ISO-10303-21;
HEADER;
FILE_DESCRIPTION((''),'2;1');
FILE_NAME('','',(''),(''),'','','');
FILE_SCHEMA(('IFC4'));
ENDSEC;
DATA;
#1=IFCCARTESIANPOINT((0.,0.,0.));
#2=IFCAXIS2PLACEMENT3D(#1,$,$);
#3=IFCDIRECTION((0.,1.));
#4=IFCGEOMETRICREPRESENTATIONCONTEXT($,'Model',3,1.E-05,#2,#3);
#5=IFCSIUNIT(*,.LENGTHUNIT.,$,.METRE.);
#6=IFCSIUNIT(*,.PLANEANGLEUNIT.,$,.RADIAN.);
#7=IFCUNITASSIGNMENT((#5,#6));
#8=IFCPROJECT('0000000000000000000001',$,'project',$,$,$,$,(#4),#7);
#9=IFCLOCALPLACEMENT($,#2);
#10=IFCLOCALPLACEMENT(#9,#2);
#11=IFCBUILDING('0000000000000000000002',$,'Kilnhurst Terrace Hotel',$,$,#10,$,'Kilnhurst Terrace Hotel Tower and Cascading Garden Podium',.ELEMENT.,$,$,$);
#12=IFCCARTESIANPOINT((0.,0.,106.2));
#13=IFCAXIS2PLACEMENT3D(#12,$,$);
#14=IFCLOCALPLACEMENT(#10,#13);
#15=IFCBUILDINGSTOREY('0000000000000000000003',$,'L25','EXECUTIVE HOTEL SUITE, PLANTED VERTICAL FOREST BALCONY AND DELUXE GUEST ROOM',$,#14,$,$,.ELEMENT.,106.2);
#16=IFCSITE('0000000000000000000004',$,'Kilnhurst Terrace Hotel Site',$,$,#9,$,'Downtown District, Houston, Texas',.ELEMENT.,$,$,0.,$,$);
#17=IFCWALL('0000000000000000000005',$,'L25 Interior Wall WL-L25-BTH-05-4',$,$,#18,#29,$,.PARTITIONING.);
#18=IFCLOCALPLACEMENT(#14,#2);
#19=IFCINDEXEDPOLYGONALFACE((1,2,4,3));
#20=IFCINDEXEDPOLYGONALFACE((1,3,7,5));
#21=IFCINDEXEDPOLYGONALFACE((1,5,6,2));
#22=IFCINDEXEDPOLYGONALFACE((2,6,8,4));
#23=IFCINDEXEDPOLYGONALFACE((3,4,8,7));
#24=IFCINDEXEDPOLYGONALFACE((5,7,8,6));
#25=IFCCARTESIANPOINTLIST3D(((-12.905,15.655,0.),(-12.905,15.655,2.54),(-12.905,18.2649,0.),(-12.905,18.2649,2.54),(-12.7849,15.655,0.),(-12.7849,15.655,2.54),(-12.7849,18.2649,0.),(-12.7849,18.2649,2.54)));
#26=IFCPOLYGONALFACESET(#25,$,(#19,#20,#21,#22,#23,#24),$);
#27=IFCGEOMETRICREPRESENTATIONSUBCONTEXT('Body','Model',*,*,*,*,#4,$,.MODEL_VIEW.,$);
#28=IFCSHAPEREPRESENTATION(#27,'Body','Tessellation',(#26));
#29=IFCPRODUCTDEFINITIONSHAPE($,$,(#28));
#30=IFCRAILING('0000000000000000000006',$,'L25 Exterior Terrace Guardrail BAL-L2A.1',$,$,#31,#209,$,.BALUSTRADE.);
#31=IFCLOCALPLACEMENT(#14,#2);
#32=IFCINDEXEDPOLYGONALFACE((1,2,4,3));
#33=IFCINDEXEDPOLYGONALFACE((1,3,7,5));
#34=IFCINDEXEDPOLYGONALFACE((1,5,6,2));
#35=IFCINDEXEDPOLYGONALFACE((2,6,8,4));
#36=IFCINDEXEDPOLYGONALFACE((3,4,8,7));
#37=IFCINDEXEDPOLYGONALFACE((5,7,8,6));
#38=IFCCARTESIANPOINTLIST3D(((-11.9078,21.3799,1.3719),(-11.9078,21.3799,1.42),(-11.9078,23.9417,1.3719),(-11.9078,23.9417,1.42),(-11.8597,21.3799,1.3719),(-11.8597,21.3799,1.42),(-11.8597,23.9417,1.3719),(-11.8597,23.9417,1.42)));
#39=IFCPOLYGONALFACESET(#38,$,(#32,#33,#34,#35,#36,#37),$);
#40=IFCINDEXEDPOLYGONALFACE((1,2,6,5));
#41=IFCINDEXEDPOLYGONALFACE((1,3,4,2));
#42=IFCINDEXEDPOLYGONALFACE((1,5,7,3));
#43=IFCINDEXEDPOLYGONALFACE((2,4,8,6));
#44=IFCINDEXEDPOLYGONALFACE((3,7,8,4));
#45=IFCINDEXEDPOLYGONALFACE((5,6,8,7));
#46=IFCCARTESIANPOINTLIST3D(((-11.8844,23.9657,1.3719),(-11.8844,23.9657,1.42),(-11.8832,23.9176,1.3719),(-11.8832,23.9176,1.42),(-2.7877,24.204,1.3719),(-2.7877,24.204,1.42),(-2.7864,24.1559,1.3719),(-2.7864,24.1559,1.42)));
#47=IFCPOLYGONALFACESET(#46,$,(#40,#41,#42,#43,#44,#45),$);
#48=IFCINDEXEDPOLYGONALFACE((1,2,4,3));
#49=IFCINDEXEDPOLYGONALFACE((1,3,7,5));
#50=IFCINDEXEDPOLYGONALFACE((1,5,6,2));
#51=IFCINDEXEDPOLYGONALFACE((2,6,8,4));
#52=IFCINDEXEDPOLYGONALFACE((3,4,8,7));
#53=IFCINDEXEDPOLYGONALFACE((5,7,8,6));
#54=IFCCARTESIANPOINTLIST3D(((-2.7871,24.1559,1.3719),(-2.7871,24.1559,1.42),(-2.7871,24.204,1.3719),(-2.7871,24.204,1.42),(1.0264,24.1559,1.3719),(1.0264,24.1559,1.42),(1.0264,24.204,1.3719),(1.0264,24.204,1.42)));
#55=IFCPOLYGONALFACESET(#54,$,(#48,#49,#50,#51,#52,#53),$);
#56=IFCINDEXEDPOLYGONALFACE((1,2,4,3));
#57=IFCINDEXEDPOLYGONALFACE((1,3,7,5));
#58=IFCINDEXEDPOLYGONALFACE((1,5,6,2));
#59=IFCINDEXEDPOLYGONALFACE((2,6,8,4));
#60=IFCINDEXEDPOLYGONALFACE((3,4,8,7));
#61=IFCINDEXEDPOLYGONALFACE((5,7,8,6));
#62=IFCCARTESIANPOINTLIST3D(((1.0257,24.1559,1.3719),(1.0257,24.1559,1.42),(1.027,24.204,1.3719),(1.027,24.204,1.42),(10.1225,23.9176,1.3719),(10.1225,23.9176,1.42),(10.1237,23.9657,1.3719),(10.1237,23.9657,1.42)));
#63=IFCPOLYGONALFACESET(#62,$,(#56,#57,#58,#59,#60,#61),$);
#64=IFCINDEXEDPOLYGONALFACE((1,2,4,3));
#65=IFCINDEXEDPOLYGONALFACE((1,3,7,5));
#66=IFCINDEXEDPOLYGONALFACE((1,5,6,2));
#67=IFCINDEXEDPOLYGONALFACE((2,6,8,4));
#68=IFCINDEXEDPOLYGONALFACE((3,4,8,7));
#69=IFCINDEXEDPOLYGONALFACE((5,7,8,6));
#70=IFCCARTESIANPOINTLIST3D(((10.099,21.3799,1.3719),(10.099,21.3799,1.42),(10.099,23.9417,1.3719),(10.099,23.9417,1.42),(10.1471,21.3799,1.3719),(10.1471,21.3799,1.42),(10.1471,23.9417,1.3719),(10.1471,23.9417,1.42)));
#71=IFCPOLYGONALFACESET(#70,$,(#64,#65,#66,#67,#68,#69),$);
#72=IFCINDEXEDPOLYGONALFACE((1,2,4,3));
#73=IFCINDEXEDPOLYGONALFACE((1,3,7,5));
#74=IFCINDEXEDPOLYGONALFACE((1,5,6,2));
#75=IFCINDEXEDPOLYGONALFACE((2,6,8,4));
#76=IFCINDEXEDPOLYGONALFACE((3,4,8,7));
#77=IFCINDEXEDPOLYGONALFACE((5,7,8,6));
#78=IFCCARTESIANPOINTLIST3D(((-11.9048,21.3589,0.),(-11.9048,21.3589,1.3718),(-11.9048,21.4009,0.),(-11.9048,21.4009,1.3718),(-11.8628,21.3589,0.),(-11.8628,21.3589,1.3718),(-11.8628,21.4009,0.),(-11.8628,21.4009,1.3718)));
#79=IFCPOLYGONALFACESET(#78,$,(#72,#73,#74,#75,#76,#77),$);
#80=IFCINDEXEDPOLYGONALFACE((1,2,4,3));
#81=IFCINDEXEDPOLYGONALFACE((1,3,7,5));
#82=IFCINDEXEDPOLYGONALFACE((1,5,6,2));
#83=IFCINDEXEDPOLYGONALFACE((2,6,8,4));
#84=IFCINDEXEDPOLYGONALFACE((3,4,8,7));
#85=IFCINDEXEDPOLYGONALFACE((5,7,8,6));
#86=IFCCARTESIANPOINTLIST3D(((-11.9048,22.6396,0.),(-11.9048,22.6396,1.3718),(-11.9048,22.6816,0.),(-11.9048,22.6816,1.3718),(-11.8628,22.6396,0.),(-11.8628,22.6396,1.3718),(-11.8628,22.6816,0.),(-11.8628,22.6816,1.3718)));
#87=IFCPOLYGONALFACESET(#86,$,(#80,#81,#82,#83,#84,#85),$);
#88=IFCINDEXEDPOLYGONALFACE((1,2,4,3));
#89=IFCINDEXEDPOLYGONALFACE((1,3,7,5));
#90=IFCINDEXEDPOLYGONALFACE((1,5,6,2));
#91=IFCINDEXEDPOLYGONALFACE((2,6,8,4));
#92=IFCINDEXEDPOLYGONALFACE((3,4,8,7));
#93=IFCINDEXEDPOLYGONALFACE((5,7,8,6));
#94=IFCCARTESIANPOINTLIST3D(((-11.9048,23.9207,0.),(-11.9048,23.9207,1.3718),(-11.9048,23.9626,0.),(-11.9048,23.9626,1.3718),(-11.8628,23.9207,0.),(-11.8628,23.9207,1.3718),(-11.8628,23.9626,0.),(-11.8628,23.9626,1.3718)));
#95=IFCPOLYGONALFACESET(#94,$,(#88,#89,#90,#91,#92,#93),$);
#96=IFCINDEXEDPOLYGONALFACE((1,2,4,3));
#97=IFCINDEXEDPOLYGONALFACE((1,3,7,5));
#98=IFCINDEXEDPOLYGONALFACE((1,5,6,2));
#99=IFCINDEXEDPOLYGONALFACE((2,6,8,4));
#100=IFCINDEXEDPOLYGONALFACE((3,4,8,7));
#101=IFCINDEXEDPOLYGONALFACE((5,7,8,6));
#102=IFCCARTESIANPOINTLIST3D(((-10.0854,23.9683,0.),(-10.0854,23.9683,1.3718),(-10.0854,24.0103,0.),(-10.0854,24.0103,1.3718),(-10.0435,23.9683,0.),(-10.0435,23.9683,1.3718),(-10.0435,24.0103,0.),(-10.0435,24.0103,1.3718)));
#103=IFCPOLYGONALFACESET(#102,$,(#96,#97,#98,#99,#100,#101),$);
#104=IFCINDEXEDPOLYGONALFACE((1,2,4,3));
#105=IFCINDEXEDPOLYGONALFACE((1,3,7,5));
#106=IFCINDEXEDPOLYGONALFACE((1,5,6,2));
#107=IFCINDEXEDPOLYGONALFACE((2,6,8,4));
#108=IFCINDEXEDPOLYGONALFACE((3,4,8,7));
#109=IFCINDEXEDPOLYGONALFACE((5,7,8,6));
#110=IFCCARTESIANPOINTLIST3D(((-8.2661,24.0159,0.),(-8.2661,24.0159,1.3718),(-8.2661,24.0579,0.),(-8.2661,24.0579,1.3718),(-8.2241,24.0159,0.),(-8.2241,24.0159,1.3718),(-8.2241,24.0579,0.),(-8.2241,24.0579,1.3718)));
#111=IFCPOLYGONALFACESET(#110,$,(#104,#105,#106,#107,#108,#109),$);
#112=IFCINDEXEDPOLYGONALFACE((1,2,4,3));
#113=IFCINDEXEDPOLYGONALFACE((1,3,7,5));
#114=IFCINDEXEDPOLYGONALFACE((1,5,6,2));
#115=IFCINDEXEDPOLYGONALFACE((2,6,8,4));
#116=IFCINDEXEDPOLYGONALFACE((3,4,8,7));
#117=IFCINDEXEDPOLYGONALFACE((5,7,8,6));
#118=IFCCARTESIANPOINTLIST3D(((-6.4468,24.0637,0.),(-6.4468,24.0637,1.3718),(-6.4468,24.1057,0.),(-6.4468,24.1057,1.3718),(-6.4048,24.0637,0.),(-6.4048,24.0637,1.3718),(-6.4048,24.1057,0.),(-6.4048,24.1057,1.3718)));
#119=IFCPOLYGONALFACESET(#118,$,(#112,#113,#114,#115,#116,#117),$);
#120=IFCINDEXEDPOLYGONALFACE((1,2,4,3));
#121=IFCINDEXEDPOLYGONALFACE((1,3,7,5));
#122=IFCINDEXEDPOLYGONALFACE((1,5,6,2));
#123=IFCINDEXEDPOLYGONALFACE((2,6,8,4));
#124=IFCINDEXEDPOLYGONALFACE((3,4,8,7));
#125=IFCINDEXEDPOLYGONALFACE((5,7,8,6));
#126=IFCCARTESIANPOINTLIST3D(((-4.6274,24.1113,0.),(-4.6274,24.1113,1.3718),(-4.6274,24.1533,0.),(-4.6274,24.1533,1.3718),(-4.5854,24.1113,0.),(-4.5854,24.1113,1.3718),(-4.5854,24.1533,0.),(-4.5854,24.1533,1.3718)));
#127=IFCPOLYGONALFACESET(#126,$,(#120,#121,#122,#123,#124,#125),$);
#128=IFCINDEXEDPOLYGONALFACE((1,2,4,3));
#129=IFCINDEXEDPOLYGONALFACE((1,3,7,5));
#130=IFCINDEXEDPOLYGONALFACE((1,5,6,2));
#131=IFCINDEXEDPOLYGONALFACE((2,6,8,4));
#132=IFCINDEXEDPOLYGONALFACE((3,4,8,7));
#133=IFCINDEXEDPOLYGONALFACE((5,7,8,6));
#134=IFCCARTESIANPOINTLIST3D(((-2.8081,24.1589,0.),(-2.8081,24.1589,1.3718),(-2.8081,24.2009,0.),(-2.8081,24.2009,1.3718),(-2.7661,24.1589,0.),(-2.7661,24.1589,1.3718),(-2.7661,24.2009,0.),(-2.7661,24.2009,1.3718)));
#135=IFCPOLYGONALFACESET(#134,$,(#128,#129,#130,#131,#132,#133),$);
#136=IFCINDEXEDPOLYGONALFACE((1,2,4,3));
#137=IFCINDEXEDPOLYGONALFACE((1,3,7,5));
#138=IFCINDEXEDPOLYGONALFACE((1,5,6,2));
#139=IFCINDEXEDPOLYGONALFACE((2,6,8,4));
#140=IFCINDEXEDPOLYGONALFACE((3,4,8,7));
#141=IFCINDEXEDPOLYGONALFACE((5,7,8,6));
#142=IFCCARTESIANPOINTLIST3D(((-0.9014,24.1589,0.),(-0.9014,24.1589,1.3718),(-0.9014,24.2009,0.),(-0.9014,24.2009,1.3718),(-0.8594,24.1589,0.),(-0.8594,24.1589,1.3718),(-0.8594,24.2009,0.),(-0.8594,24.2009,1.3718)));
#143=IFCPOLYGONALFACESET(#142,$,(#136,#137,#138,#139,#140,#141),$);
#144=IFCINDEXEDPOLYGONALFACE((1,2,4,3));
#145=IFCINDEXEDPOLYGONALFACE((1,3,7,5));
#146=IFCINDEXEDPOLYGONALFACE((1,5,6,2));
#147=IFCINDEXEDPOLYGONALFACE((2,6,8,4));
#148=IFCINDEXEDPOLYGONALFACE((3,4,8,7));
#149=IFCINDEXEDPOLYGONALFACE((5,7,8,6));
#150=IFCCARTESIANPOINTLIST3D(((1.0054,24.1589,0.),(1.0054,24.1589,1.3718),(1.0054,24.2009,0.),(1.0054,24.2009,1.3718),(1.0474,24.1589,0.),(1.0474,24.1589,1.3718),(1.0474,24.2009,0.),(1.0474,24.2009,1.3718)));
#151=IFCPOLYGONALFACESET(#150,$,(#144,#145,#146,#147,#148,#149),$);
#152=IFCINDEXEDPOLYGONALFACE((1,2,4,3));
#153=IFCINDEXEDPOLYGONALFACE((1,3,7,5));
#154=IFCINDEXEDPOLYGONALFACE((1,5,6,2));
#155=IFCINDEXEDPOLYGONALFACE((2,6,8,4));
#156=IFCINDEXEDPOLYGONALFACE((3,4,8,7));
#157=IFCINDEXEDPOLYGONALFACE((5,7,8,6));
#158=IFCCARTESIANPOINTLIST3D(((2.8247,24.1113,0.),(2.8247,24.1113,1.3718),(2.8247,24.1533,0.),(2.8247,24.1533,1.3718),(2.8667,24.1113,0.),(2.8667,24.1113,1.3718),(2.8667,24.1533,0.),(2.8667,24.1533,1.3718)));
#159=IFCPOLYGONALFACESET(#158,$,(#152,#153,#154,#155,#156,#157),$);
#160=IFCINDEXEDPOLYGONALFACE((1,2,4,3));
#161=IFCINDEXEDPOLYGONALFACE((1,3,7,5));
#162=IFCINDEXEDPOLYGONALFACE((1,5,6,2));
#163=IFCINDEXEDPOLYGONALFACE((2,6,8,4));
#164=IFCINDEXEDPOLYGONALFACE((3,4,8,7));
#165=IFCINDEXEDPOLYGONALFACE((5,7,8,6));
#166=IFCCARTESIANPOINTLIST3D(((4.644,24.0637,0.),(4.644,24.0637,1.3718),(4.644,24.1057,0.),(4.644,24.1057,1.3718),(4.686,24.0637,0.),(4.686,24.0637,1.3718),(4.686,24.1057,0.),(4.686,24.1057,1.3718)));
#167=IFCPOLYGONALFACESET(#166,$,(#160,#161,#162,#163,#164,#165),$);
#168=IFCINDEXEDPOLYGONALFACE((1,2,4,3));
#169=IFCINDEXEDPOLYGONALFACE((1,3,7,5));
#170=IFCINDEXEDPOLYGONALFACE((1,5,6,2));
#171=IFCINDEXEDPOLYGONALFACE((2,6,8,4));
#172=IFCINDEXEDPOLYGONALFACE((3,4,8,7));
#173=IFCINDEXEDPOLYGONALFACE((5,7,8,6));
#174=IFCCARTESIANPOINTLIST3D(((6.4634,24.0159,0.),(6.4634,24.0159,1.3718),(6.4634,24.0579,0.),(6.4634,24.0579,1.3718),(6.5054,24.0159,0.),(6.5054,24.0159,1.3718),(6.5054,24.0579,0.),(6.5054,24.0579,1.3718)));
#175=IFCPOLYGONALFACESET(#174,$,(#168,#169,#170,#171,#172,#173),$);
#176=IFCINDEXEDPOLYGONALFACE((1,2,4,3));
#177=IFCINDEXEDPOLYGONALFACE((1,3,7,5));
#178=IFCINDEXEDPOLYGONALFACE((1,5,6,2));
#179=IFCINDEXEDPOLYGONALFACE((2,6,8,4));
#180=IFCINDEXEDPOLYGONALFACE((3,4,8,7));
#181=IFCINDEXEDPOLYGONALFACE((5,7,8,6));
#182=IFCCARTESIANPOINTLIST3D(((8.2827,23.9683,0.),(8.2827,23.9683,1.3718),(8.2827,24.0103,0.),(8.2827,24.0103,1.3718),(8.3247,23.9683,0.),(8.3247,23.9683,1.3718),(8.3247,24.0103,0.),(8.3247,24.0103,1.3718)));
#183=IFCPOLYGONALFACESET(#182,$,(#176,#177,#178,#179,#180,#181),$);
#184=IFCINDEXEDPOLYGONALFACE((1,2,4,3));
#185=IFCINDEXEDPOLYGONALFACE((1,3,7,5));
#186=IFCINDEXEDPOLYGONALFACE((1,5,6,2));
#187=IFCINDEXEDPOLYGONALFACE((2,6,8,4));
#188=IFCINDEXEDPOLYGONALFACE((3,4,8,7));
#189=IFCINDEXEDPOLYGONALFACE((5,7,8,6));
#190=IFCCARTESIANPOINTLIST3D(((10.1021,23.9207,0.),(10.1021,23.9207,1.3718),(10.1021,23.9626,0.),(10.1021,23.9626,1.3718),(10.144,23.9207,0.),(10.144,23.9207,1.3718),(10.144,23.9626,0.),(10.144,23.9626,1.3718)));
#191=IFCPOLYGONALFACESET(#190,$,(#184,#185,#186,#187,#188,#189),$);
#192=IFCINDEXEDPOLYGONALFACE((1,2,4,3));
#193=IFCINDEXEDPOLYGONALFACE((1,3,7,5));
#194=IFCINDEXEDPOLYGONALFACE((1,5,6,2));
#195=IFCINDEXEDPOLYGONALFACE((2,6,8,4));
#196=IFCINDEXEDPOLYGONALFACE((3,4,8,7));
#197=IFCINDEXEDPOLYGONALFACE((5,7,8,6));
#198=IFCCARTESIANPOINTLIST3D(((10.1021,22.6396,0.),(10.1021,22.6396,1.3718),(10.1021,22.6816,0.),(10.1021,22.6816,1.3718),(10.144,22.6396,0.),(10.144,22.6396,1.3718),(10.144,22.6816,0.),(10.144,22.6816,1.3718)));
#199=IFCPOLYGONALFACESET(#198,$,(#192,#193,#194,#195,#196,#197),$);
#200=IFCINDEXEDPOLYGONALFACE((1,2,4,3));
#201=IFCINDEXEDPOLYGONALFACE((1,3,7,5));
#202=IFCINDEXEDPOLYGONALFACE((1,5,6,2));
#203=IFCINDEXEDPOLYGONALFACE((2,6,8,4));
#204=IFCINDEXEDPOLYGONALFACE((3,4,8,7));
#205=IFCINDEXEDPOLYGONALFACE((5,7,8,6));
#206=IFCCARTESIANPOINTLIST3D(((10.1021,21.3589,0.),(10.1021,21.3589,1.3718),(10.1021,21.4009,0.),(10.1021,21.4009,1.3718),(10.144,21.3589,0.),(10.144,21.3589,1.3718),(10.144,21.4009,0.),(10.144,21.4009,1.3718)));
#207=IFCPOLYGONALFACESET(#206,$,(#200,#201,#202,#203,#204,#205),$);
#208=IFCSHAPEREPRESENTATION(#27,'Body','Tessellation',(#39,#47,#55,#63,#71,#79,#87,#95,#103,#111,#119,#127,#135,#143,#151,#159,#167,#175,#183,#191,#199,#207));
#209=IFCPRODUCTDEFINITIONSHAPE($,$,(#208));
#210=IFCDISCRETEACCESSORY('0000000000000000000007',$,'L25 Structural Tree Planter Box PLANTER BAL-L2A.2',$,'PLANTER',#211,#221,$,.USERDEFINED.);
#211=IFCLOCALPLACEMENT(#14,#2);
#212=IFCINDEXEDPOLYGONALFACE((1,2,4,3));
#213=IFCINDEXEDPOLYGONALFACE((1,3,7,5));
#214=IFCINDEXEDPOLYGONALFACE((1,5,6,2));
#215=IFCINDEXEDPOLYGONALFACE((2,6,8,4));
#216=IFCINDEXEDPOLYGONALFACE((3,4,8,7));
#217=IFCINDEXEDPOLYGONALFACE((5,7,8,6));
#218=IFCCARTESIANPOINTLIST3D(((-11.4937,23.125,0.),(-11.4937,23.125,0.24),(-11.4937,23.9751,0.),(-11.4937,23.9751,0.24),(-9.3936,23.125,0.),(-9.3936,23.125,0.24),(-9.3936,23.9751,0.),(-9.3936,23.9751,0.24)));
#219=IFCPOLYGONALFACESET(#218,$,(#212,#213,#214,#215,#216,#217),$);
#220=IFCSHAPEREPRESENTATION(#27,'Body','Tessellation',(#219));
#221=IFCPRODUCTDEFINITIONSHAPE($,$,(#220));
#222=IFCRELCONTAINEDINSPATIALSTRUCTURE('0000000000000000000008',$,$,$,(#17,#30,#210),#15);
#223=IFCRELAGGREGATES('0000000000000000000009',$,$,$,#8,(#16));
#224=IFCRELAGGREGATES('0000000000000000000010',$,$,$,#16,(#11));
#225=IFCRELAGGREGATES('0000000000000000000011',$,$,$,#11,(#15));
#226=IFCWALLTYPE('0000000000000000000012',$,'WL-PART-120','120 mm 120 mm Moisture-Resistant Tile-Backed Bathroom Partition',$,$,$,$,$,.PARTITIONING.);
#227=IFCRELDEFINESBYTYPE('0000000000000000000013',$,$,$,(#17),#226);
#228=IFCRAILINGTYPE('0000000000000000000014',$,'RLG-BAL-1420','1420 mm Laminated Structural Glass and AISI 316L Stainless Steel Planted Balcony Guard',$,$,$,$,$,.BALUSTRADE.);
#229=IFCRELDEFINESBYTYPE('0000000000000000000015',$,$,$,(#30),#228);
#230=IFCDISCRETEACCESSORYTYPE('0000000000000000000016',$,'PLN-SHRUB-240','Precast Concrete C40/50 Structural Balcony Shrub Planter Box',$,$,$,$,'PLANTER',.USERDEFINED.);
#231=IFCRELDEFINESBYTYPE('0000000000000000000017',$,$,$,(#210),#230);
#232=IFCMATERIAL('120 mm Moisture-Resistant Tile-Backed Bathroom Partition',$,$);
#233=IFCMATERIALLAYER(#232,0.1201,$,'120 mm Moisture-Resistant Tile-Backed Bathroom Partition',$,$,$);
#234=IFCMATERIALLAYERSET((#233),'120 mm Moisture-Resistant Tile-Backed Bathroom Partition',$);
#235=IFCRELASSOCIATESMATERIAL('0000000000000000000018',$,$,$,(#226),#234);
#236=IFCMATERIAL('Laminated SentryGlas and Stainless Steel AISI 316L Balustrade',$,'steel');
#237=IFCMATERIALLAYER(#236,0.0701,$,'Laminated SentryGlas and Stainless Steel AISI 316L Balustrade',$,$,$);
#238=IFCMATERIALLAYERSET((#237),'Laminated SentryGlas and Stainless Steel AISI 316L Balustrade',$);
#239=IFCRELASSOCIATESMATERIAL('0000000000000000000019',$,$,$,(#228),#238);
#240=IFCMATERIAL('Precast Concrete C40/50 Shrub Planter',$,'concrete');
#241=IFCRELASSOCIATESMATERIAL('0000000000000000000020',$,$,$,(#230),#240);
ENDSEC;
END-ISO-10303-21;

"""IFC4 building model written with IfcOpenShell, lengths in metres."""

from ifc_helpers import new_model, si_unit, direction, frame, frame_2d, origin, origin_2d, place, context, subcontext, project, spatial, rectangle, extrude, material, layer, layer_set, type_object, element, save


model = new_model("IFC4")

# Units and contexts
model_context = context("Model", 3, precision=1e-05, world=origin(), true_north=direction((0.0, 1.0)))
body_context = subcontext(model_context, "Body", "Model", "MODEL_VIEW")
ifc_project = project(units=[si_unit("LENGTHUNIT", "METRE"), si_unit("PLANEANGLEUNIT", "RADIAN")], contexts=[model_context])

# Site, building, storey
site_placement = place(None, origin())
site = spatial("IfcSite", under=ifc_project, at=site_placement, Name="Kilnhurst Terrace Hotel Site", LongName="Downtown District, Houston, Texas", CompositionType="ELEMENT", RefElevation=0.0)
building_placement = place(site_placement, origin())
building = spatial("IfcBuilding", under=site, at=building_placement, Name="Kilnhurst Terrace Hotel", LongName="Kilnhurst Terrace Hotel Tower and Cascading Garden Podium", CompositionType="ELEMENT")
storey_placement = place(building_placement, frame((0.0, 0.0, 106.2)))
storey = spatial("IfcBuildingStorey", under=building, at=storey_placement, Name="L25", Description="EXECUTIVE HOTEL SUITE, PLANTED VERTICAL FOREST BALCONY AND DELUXE GUEST ROOM", CompositionType="ELEMENT", Elevation=106.2)

# Shared definitions
ifc_material_1 = material(Name="120 mm Moisture-Resistant Tile-Backed Bathroom Partition")
ifc_layer_1 = layer(ifc_material_1, 0.1201, Name="120 mm Moisture-Resistant Tile-Backed Bathroom Partition")
ifc_layer_set_1 = layer_set([ifc_layer_1], Name="120 mm Moisture-Resistant Tile-Backed Bathroom Partition")
wall_type_1 = type_object("IfcWallType", Name="WL-PART-120", Description="120 mm 120 mm Moisture-Resistant Tile-Backed Bathroom Partition", PredefinedType="PARTITIONING", material=ifc_layer_set_1)

# Wall
wall_1_placement = place(storey_placement, frame((-12.845, 18.2649, 0.0), z_axis=(0.0, 0.0, 1.0), x_axis=(0.0, -1.0, 0.0)))
element("IfcWall", 1, at=wall_1_placement, inside=storey, type_object=wall_type_1, Name="L25 Interior Wall WL-L25-BTH-05-4", PredefinedType="PARTITIONING", context=body_context, shape_type="SweptSolid", body=[
    extrude(rectangle(XDim=2.6099, YDim=0.1201, at=frame_2d((1.3049, 0.0))), origin(), (0.0, 0.0, 1.0), 2.54),
])

# Railing
ifc_material_2 = material(Name="Laminated SentryGlas and Stainless Steel AISI 316L Balustrade", Category="steel")
ifc_layer_2 = layer(ifc_material_2, 0.0701, Name="Laminated SentryGlas and Stainless Steel AISI 316L Balustrade")
ifc_layer_set_2 = layer_set([ifc_layer_2], Name="Laminated SentryGlas and Stainless Steel AISI 316L Balustrade")
railing_type = type_object("IfcRailingType", Name="RLG-BAL-1420", Description="1420 mm Laminated Structural Glass and AISI 316L Stainless Steel Planted Balcony Guard", PredefinedType="BALUSTRADE", material=ifc_layer_set_2)
railing_placement = place(storey_placement, frame((-11.8838, 21.3799, 0.0)))
element("IfcRailing", 2, at=railing_placement, inside=storey, type_object=railing_type, Name="L25 Exterior Terrace Guardrail BAL-L2A.1", PredefinedType="BALUSTRADE", context=body_context, shape_type="SweptSolid", body=[
    extrude(rectangle(XDim=0.0481, YDim=0.0481, at=origin_2d()), frame((0.0, 0.0, 1.396), z_axis=(0.0, 1.0, 0.0), x_axis=(-1.0, 0.0, 0.0)), (0.0, 0.0, 1.0), 2.5618),
    extrude(rectangle(XDim=0.0481, YDim=0.0481, at=origin_2d()), frame((0.0, 2.5618, 1.396), z_axis=(0.999657, 0.026185, 0.0), x_axis=(-0.026185, 0.999657, 0.0)), (0.0, 0.0, 1.0), 9.0999),
    extrude(rectangle(XDim=0.0481, YDim=0.0481, at=origin_2d()), frame((9.0967, 2.8, 1.396), z_axis=(1.0, 0.0, 0.0), x_axis=(0.0, 1.0, 0.0)), (0.0, 0.0, 1.0), 3.8135),
    extrude(rectangle(XDim=0.0481, YDim=0.0481, at=origin_2d()), frame((12.9102, 2.8, 1.396), z_axis=(0.999657, -0.026185, 0.0), x_axis=(0.026185, 0.999657, 0.0)), (0.0, 0.0, 1.0), 9.0999),
    extrude(rectangle(XDim=0.0481, YDim=0.0481, at=origin_2d()), frame((22.0068, 2.5618, 1.396), z_axis=(0.0, -1.0, 0.0), x_axis=(1.0, 0.0, 0.0)), (0.0, 0.0, 1.0), 2.5618),
    extrude(rectangle(XDim=0.042, YDim=0.042, at=origin_2d()), origin(), (0.0, 0.0, 1.0), 1.3718),
    extrude(rectangle(XDim=0.042, YDim=0.042, at=origin_2d()), frame((0.0, 1.2808, 0.0)), (0.0, 0.0, 1.0), 1.3718),
    extrude(rectangle(XDim=0.042, YDim=0.042, at=origin_2d()), frame((0.0, 2.5618, 0.0)), (0.0, 0.0, 1.0), 1.3718),
    extrude(rectangle(XDim=0.042, YDim=0.042, at=origin_2d()), frame((1.8193, 2.6094, 0.0)), (0.0, 0.0, 1.0), 1.3718),
    extrude(rectangle(XDim=0.042, YDim=0.042, at=origin_2d()), frame((3.6387, 2.657, 0.0)), (0.0, 0.0, 1.0), 1.3718),
    extrude(rectangle(XDim=0.042, YDim=0.042, at=origin_2d()), frame((5.458, 2.7048, 0.0)), (0.0, 0.0, 1.0), 1.3718),
    extrude(rectangle(XDim=0.042, YDim=0.042, at=origin_2d()), frame((7.2773, 2.7524, 0.0)), (0.0, 0.0, 1.0), 1.3718),
    extrude(rectangle(XDim=0.042, YDim=0.042, at=origin_2d()), frame((9.0967, 2.8, 0.0)), (0.0, 0.0, 1.0), 1.3718),
    extrude(rectangle(XDim=0.042, YDim=0.042, at=origin_2d()), frame((11.0034, 2.8, 0.0)), (0.0, 0.0, 1.0), 1.3718),
    extrude(rectangle(XDim=0.042, YDim=0.042, at=origin_2d()), frame((12.9102, 2.8, 0.0)), (0.0, 0.0, 1.0), 1.3718),
    extrude(rectangle(XDim=0.042, YDim=0.042, at=origin_2d()), frame((14.7295, 2.7524, 0.0)), (0.0, 0.0, 1.0), 1.3718),
    extrude(rectangle(XDim=0.042, YDim=0.042, at=origin_2d()), frame((16.5488, 2.7048, 0.0)), (0.0, 0.0, 1.0), 1.3718),
    extrude(rectangle(XDim=0.042, YDim=0.042, at=origin_2d()), frame((18.3682, 2.657, 0.0)), (0.0, 0.0, 1.0), 1.3718),
    extrude(rectangle(XDim=0.042, YDim=0.042, at=origin_2d()), frame((20.1875, 2.6094, 0.0)), (0.0, 0.0, 1.0), 1.3718),
    extrude(rectangle(XDim=0.042, YDim=0.042, at=origin_2d()), frame((22.0068, 2.5618, 0.0)), (0.0, 0.0, 1.0), 1.3718),
    extrude(rectangle(XDim=0.042, YDim=0.042, at=origin_2d()), frame((22.0068, 1.2808, 0.0)), (0.0, 0.0, 1.0), 1.3718),
    extrude(rectangle(XDim=0.042, YDim=0.042, at=origin_2d()), frame((22.0068, 0.0, 0.0)), (0.0, 0.0, 1.0), 1.3718),
])

# Discrete accessory
ifc_material_3 = material(Name="Precast Concrete C40/50 Shrub Planter", Category="concrete")
discrete_accessory_type_1 = type_object("IfcDiscreteAccessoryType", Name="PLN-SHRUB-240", Description="Precast Concrete C40/50 Structural Balcony Shrub Planter Box", ElementType="PLANTER", PredefinedType="USERDEFINED", material=ifc_material_3)
discrete_accessory_1_placement = place(storey_placement, frame((-10.4436, 23.55, 0.0), z_axis=(0.0, 0.0, 1.0), x_axis=(-1.0, 0.0, 0.0)))
element("IfcDiscreteAccessory", 3, at=discrete_accessory_1_placement, inside=storey, type_object=discrete_accessory_type_1, Name="L25 Structural Tree Planter Box PLANTER BAL-L2A.2", ObjectType="PLANTER", PredefinedType="USERDEFINED", context=body_context, shape_type="SweptSolid", body=[
    extrude(rectangle(XDim=2.1001, YDim=0.8501, at=origin_2d()), origin(), (0.0, 0.0, 1.0), 0.24),
])

save(model, "model.ifc")
